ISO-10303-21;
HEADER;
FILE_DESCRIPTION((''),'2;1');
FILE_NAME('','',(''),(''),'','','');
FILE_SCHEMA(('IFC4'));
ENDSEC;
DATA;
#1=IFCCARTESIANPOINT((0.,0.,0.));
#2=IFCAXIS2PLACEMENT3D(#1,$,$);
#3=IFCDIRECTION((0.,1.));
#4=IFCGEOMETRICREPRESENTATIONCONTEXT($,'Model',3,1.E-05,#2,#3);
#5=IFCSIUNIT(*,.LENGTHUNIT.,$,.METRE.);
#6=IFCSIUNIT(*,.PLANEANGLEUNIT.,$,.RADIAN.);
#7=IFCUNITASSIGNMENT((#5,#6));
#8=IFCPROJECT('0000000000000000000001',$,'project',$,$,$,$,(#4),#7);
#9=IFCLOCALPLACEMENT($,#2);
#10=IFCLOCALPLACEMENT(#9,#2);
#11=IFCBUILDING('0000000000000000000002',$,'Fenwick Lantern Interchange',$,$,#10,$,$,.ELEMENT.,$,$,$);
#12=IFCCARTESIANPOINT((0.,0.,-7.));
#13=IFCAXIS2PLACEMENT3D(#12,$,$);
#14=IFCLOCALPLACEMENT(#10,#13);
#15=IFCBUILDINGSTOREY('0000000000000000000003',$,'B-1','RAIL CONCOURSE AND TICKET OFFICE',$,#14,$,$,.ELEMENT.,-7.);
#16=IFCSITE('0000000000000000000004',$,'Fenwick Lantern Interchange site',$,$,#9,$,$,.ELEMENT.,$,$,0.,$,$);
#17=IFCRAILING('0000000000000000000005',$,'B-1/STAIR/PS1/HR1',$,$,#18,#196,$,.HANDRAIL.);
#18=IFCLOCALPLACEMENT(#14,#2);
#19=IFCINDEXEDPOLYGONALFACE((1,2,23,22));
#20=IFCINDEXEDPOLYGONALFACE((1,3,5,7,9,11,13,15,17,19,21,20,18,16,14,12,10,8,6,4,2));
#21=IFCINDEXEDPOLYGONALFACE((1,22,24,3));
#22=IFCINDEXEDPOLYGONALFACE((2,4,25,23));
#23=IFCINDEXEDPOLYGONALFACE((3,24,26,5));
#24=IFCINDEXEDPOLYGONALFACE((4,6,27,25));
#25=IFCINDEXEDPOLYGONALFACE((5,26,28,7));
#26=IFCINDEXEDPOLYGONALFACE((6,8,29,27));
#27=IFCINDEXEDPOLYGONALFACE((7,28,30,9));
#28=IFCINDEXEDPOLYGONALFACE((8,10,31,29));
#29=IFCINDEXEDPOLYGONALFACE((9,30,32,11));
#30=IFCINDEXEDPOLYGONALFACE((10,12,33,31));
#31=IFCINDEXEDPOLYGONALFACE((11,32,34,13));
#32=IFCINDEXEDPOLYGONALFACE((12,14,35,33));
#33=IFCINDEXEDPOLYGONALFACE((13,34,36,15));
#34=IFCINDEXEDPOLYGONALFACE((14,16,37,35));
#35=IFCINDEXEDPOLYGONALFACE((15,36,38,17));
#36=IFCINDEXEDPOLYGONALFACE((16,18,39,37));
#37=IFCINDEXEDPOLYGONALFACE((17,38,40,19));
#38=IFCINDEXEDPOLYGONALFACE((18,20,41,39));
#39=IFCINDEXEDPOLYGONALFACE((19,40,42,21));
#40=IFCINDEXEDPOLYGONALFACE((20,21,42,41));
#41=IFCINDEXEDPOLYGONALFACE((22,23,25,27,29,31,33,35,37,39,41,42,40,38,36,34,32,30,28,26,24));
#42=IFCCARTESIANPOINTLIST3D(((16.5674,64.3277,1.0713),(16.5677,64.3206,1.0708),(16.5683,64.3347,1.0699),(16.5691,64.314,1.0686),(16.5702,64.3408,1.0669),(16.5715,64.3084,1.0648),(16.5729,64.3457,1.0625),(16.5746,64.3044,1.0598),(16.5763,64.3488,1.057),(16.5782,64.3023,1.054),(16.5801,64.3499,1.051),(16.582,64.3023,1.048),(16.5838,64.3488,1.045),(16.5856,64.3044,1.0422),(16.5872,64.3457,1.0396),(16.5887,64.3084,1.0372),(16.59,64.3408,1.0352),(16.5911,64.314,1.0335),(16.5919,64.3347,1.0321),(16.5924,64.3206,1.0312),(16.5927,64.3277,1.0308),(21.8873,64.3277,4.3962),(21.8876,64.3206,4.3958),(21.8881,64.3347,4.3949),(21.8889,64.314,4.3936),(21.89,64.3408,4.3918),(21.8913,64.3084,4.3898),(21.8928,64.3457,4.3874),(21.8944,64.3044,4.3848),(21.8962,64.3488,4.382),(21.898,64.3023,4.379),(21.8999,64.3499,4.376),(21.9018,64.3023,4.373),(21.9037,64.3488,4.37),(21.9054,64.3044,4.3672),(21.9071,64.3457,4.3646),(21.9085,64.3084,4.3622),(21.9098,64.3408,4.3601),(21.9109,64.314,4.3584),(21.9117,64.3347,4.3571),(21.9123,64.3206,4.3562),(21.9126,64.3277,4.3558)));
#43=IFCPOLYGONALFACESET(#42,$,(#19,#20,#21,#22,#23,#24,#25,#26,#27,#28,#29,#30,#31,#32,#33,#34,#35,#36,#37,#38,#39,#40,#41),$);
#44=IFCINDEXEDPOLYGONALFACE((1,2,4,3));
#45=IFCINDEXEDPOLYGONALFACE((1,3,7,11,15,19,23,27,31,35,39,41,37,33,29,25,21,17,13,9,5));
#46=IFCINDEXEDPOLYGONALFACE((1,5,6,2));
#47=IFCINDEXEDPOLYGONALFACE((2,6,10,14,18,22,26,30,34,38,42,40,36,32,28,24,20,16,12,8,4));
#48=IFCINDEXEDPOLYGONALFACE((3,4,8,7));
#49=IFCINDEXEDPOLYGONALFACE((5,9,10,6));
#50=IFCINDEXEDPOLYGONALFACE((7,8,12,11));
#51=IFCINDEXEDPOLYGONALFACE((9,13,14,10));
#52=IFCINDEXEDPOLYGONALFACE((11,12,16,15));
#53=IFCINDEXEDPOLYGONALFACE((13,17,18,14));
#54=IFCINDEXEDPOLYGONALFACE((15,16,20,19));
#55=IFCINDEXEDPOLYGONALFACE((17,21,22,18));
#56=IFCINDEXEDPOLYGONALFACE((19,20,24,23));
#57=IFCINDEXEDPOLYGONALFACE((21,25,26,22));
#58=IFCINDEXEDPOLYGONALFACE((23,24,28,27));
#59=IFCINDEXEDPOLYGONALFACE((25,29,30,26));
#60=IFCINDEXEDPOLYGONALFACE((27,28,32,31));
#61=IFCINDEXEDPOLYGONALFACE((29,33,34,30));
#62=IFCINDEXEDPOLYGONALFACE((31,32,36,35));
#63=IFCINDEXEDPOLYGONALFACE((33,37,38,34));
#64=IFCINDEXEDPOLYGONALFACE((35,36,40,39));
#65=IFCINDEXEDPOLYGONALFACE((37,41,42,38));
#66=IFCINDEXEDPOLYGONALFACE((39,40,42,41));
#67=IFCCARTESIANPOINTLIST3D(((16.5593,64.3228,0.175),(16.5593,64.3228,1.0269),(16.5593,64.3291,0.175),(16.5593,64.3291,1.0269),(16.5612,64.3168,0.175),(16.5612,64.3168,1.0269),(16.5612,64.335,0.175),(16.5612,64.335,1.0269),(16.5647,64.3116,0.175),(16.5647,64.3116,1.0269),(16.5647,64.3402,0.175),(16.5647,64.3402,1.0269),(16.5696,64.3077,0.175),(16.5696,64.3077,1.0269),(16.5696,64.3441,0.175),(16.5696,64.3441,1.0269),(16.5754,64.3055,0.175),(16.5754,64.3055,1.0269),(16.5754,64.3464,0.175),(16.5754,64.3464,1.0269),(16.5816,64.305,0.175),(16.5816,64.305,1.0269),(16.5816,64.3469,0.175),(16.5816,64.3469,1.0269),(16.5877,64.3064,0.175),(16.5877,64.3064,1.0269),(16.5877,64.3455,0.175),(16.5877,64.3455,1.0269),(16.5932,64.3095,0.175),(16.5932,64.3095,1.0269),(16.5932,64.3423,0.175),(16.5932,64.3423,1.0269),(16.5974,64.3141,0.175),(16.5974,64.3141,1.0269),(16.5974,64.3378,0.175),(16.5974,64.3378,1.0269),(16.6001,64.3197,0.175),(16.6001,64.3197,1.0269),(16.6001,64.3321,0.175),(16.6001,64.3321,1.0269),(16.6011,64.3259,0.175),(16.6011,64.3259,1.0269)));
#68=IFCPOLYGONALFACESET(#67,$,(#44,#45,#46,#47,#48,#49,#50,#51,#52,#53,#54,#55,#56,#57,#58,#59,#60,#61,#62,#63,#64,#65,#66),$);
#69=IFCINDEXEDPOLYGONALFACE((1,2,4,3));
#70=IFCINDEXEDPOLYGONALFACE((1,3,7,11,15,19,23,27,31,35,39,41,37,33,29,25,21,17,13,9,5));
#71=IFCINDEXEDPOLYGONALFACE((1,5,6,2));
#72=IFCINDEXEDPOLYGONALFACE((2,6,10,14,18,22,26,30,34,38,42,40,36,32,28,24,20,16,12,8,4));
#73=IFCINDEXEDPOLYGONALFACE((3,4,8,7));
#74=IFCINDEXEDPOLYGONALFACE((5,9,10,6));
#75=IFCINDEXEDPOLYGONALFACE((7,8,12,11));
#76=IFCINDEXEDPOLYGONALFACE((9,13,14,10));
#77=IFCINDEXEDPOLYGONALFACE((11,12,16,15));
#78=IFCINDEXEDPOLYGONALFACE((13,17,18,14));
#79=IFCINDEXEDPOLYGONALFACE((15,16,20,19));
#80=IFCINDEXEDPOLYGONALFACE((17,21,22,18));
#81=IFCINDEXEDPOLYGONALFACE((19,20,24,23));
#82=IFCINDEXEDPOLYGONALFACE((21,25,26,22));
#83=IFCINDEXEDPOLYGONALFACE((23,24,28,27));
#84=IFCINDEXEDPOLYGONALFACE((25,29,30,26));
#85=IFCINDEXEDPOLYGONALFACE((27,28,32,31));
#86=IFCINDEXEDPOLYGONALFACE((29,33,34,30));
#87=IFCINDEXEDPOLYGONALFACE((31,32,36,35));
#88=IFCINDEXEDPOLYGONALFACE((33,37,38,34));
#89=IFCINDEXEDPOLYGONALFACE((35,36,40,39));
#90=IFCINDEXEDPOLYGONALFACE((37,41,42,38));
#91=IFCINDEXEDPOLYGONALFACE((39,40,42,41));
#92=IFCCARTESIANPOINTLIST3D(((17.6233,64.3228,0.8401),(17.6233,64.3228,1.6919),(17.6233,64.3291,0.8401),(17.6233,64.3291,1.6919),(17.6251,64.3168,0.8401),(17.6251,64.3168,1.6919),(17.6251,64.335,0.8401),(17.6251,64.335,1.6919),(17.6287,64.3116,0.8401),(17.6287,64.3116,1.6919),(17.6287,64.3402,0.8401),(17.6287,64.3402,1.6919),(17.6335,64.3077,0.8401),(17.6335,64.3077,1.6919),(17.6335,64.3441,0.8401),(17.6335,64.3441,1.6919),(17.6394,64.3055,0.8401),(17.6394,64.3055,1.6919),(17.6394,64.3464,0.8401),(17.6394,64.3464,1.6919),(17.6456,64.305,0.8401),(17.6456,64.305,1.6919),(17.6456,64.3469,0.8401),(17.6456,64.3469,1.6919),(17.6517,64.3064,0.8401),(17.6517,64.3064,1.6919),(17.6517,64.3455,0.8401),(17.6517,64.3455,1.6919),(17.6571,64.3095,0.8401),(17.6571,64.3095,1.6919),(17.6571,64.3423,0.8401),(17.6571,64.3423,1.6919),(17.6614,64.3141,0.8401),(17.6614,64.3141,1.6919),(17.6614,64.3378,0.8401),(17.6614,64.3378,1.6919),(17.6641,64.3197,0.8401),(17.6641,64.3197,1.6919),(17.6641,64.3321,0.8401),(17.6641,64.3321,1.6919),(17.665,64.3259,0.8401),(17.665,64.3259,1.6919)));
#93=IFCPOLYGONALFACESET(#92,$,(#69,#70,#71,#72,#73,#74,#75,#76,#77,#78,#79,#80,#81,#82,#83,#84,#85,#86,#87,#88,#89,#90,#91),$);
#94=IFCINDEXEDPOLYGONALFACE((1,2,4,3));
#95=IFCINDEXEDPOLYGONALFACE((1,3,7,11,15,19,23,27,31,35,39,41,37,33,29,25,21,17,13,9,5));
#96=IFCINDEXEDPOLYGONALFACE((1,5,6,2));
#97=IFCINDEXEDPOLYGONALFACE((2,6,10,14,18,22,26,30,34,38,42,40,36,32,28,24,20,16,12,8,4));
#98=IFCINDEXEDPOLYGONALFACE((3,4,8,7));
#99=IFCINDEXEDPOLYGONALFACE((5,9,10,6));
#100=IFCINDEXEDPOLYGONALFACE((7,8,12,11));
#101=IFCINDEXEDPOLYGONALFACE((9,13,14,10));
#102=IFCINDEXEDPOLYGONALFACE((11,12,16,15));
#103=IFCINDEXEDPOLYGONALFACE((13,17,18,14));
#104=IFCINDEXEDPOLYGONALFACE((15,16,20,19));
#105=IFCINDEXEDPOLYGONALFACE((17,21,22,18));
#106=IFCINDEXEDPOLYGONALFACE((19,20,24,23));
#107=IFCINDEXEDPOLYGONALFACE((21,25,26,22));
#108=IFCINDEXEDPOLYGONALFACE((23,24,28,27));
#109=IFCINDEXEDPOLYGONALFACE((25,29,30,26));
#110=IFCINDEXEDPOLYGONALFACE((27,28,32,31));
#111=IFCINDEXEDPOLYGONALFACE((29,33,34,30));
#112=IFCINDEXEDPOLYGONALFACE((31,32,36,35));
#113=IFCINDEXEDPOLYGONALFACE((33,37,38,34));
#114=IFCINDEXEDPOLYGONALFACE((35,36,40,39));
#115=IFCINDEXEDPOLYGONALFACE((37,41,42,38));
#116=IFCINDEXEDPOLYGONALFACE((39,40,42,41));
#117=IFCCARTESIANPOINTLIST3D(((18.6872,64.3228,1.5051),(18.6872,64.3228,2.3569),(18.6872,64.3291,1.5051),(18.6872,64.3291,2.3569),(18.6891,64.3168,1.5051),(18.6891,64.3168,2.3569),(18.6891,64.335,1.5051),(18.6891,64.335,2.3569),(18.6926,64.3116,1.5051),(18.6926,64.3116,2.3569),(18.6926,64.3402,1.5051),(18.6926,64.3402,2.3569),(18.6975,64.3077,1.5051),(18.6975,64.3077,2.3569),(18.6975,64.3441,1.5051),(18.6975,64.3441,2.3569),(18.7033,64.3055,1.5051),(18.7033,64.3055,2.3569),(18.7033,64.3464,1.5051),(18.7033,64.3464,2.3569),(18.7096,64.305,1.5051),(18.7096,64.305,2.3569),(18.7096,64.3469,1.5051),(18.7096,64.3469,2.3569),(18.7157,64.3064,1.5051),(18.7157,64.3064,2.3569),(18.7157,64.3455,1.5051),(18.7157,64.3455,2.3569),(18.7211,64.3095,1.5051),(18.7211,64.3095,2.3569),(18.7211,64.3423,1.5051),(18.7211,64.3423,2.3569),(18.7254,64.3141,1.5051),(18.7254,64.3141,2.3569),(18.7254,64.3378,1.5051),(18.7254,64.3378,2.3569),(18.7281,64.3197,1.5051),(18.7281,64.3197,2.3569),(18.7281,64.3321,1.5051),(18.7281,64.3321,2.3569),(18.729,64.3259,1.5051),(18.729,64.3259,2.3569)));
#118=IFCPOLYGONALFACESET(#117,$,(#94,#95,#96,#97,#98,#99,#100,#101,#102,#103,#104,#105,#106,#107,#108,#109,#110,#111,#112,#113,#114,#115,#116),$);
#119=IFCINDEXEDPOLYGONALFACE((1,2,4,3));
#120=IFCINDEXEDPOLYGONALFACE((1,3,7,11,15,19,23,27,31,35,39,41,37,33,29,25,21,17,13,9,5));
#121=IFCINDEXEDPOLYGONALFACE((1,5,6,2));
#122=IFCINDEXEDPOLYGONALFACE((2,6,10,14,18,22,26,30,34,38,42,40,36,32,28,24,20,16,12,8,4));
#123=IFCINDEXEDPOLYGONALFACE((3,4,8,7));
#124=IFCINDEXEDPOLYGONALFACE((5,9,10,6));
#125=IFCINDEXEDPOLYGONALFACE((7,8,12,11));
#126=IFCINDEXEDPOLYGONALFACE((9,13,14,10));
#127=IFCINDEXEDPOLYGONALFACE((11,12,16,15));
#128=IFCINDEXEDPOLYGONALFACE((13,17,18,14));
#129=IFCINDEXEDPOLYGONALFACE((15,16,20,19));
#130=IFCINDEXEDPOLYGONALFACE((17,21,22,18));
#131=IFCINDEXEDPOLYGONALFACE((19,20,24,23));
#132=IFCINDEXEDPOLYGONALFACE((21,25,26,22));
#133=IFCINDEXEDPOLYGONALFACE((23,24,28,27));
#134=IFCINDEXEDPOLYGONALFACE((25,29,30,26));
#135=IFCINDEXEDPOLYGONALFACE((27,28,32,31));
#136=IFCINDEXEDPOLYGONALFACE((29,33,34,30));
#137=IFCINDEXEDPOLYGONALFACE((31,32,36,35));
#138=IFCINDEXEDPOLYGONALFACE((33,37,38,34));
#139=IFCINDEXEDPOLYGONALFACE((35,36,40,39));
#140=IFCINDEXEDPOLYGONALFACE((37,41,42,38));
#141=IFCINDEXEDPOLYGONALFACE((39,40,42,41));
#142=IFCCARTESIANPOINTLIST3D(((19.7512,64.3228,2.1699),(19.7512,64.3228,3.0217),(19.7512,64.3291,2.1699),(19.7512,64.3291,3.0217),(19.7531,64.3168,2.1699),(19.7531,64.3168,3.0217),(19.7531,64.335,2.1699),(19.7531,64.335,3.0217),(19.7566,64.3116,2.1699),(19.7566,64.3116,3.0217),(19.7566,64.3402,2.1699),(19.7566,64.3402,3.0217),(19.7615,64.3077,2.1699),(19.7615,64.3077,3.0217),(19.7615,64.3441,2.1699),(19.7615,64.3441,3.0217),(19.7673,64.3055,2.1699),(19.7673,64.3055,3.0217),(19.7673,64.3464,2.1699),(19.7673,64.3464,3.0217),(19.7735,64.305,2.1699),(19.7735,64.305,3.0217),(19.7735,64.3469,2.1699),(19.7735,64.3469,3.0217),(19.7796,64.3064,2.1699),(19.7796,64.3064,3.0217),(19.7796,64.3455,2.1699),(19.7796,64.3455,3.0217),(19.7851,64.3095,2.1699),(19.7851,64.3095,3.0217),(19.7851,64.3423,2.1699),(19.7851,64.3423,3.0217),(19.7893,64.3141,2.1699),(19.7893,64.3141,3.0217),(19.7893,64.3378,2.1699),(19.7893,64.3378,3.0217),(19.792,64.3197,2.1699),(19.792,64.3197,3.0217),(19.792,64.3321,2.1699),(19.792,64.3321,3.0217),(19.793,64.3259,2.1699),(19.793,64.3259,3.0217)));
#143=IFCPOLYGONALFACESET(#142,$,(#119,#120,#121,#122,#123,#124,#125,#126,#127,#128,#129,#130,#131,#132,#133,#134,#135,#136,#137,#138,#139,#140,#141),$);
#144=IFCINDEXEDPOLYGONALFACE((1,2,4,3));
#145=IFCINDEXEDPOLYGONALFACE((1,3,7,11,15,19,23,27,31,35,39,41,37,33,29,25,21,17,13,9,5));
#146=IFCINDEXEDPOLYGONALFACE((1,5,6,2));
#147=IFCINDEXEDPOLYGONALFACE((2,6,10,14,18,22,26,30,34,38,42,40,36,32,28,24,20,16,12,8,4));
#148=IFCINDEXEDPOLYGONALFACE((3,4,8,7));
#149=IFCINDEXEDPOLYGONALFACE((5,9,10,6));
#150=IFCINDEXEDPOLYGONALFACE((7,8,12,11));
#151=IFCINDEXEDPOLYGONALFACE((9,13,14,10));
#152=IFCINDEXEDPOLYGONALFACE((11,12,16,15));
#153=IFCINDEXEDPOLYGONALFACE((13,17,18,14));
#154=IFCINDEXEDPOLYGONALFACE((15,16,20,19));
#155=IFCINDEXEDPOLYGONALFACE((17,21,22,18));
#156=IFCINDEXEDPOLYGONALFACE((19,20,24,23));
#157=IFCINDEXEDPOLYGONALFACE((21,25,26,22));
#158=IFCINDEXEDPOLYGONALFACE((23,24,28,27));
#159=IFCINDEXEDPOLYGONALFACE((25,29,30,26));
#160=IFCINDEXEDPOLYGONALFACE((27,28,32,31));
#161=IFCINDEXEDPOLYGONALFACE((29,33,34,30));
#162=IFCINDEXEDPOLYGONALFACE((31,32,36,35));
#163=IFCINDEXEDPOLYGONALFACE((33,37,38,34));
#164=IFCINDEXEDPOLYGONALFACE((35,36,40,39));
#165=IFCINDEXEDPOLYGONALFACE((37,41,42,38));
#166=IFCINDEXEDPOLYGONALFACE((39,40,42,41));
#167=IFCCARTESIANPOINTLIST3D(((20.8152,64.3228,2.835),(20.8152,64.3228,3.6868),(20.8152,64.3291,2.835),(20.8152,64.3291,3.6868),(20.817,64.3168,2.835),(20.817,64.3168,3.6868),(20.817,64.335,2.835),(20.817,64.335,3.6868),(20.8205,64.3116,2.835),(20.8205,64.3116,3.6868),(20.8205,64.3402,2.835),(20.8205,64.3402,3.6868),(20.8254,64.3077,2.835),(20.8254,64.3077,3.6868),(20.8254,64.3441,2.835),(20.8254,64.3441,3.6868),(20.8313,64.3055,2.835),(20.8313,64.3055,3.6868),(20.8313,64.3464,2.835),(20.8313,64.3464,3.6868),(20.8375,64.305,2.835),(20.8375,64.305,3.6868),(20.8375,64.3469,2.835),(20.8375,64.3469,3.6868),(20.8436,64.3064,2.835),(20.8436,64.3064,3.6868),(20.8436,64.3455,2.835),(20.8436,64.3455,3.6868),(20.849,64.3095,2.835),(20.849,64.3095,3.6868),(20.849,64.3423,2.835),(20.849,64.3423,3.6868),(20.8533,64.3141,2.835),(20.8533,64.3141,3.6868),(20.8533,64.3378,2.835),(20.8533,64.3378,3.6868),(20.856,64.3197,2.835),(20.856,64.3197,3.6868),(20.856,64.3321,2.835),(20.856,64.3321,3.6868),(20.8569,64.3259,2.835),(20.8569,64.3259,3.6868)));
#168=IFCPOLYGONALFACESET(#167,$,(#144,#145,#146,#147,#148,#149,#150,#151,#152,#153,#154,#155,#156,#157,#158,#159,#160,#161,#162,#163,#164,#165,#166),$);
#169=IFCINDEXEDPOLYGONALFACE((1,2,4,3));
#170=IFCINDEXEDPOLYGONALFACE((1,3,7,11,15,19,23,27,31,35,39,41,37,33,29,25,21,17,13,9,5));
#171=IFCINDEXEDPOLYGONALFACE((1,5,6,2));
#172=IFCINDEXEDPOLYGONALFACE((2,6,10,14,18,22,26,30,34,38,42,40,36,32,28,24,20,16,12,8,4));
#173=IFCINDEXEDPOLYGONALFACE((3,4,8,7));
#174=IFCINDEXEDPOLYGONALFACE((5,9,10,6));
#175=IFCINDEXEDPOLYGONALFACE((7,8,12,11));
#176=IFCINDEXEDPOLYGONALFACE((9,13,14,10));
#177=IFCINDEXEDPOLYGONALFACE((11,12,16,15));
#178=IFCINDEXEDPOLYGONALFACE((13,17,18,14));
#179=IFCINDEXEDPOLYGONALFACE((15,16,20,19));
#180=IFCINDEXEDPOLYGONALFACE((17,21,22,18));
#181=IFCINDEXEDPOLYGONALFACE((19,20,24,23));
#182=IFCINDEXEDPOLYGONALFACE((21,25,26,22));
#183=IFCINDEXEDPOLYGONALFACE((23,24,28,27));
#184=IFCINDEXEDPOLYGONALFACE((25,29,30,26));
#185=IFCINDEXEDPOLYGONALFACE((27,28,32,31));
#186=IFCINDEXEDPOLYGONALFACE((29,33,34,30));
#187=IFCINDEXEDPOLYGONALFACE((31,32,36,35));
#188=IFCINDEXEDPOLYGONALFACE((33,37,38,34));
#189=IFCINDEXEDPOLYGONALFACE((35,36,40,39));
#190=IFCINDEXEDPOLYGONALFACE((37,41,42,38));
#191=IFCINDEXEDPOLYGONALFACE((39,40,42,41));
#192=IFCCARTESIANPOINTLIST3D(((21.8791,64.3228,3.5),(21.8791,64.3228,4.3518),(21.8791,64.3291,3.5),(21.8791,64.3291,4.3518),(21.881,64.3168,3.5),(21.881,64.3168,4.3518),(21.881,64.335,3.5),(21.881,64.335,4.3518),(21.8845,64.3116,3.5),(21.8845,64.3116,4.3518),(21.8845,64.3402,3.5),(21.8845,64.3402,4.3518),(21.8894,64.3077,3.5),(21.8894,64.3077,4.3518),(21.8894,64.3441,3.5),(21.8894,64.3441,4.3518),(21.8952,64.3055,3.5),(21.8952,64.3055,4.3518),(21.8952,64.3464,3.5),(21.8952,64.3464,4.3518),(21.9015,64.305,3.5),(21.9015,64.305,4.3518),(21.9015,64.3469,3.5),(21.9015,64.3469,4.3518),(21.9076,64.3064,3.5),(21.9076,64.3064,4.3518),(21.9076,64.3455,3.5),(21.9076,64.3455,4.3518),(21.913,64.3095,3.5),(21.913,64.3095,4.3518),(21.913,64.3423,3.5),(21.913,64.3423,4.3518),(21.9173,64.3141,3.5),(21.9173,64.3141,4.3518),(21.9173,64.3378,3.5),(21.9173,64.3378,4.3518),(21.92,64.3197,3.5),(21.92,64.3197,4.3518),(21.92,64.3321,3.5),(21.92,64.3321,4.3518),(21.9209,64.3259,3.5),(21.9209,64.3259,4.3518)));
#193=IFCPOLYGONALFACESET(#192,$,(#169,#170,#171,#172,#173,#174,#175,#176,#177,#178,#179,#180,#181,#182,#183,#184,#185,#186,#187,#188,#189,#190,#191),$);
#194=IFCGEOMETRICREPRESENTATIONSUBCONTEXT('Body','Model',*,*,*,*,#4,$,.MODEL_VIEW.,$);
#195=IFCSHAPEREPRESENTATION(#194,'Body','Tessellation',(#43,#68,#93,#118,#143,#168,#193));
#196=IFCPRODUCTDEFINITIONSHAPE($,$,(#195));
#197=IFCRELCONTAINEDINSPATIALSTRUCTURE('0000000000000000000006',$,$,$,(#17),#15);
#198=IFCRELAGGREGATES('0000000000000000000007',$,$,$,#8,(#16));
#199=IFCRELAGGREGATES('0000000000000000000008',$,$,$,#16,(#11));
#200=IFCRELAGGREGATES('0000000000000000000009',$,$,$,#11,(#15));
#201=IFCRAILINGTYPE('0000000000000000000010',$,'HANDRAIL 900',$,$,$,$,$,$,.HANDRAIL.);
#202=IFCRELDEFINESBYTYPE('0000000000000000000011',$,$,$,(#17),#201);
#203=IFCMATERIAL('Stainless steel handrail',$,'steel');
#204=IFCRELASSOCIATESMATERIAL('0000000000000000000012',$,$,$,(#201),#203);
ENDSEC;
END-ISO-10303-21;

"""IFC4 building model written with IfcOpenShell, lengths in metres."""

from ifc_helpers import new_model, si_unit, direction, frame, origin, origin_2d, place, context, subcontext, project, spatial, circle, extrude, material, type_object, element, save


model = new_model("IFC4")

# Units and contexts
model_context = context("Model", 3, precision=1e-05, world=origin(), true_north=direction((0.0, 1.0)))
body_context = subcontext(model_context, "Body", "Model", "MODEL_VIEW")
ifc_project = project(units=[si_unit("LENGTHUNIT", "METRE"), si_unit("PLANEANGLEUNIT", "RADIAN")], contexts=[model_context])

# Site, building, storey
site_placement = place(None, origin())
site = spatial("IfcSite", under=ifc_project, at=site_placement, Name="Fenwick Lantern Interchange site", CompositionType="ELEMENT", RefElevation=0.0)
building_placement = place(site_placement, origin())
building = spatial("IfcBuilding", under=site, at=building_placement, Name="Fenwick Lantern Interchange", CompositionType="ELEMENT")
storey_placement = place(building_placement, frame((0.0, 0.0, -7.0)))
storey = spatial("IfcBuildingStorey", under=building, at=storey_placement, Name="B-1", Description="RAIL CONCOURSE AND TICKET OFFICE", CompositionType="ELEMENT", Elevation=-7.0)

# Railing
ifc_material_1 = material(Name="Stainless steel handrail", Category="steel")
railing_type = type_object("IfcRailingType", Name="HANDRAIL 900", PredefinedType="HANDRAIL", material=ifc_material_1)
railing_1_placement = place(storey_placement, frame((16.5801, 64.3259, 0.175)))
element("IfcRailing", 1, at=railing_1_placement, inside=storey, type_object=railing_type, Name="B-1/STAIR/PS1/HR1", PredefinedType="HANDRAIL", context=body_context, shape_type="SweptSolid", body=[
    extrude(circle(Radius=0.0239, at=origin_2d()), frame((0.0, 0.0, 0.876), z_axis=(0.847994, 0.0, 0.530006), x_axis=(0.0, 1.0, 0.0)), (0.0, 0.0, 1.0), 6.2734),
    extrude(circle(Radius=0.021, at=origin_2d()), origin(), (0.0, 0.0, 1.0), 0.8518),
    extrude(circle(Radius=0.021, at=origin_2d()), frame((1.064, 0.0, 0.665)), (0.0, 0.0, 1.0), 0.8518),
    extrude(circle(Radius=0.021, at=origin_2d()), frame((2.1279, 0.0, 1.3301)), (0.0, 0.0, 1.0), 0.8518),
    extrude(circle(Radius=0.021, at=origin_2d()), frame((3.1919, 0.0, 1.9949)), (0.0, 0.0, 1.0), 0.8518),
    extrude(circle(Radius=0.021, at=origin_2d()), frame((4.2559, 0.0, 2.6599)), (0.0, 0.0, 1.0), 0.8518),
    extrude(circle(Radius=0.021, at=origin_2d()), frame((5.3198, 0.0, 3.325)), (0.0, 0.0, 1.0), 0.8518),
])

save(model, "model.ifc")
